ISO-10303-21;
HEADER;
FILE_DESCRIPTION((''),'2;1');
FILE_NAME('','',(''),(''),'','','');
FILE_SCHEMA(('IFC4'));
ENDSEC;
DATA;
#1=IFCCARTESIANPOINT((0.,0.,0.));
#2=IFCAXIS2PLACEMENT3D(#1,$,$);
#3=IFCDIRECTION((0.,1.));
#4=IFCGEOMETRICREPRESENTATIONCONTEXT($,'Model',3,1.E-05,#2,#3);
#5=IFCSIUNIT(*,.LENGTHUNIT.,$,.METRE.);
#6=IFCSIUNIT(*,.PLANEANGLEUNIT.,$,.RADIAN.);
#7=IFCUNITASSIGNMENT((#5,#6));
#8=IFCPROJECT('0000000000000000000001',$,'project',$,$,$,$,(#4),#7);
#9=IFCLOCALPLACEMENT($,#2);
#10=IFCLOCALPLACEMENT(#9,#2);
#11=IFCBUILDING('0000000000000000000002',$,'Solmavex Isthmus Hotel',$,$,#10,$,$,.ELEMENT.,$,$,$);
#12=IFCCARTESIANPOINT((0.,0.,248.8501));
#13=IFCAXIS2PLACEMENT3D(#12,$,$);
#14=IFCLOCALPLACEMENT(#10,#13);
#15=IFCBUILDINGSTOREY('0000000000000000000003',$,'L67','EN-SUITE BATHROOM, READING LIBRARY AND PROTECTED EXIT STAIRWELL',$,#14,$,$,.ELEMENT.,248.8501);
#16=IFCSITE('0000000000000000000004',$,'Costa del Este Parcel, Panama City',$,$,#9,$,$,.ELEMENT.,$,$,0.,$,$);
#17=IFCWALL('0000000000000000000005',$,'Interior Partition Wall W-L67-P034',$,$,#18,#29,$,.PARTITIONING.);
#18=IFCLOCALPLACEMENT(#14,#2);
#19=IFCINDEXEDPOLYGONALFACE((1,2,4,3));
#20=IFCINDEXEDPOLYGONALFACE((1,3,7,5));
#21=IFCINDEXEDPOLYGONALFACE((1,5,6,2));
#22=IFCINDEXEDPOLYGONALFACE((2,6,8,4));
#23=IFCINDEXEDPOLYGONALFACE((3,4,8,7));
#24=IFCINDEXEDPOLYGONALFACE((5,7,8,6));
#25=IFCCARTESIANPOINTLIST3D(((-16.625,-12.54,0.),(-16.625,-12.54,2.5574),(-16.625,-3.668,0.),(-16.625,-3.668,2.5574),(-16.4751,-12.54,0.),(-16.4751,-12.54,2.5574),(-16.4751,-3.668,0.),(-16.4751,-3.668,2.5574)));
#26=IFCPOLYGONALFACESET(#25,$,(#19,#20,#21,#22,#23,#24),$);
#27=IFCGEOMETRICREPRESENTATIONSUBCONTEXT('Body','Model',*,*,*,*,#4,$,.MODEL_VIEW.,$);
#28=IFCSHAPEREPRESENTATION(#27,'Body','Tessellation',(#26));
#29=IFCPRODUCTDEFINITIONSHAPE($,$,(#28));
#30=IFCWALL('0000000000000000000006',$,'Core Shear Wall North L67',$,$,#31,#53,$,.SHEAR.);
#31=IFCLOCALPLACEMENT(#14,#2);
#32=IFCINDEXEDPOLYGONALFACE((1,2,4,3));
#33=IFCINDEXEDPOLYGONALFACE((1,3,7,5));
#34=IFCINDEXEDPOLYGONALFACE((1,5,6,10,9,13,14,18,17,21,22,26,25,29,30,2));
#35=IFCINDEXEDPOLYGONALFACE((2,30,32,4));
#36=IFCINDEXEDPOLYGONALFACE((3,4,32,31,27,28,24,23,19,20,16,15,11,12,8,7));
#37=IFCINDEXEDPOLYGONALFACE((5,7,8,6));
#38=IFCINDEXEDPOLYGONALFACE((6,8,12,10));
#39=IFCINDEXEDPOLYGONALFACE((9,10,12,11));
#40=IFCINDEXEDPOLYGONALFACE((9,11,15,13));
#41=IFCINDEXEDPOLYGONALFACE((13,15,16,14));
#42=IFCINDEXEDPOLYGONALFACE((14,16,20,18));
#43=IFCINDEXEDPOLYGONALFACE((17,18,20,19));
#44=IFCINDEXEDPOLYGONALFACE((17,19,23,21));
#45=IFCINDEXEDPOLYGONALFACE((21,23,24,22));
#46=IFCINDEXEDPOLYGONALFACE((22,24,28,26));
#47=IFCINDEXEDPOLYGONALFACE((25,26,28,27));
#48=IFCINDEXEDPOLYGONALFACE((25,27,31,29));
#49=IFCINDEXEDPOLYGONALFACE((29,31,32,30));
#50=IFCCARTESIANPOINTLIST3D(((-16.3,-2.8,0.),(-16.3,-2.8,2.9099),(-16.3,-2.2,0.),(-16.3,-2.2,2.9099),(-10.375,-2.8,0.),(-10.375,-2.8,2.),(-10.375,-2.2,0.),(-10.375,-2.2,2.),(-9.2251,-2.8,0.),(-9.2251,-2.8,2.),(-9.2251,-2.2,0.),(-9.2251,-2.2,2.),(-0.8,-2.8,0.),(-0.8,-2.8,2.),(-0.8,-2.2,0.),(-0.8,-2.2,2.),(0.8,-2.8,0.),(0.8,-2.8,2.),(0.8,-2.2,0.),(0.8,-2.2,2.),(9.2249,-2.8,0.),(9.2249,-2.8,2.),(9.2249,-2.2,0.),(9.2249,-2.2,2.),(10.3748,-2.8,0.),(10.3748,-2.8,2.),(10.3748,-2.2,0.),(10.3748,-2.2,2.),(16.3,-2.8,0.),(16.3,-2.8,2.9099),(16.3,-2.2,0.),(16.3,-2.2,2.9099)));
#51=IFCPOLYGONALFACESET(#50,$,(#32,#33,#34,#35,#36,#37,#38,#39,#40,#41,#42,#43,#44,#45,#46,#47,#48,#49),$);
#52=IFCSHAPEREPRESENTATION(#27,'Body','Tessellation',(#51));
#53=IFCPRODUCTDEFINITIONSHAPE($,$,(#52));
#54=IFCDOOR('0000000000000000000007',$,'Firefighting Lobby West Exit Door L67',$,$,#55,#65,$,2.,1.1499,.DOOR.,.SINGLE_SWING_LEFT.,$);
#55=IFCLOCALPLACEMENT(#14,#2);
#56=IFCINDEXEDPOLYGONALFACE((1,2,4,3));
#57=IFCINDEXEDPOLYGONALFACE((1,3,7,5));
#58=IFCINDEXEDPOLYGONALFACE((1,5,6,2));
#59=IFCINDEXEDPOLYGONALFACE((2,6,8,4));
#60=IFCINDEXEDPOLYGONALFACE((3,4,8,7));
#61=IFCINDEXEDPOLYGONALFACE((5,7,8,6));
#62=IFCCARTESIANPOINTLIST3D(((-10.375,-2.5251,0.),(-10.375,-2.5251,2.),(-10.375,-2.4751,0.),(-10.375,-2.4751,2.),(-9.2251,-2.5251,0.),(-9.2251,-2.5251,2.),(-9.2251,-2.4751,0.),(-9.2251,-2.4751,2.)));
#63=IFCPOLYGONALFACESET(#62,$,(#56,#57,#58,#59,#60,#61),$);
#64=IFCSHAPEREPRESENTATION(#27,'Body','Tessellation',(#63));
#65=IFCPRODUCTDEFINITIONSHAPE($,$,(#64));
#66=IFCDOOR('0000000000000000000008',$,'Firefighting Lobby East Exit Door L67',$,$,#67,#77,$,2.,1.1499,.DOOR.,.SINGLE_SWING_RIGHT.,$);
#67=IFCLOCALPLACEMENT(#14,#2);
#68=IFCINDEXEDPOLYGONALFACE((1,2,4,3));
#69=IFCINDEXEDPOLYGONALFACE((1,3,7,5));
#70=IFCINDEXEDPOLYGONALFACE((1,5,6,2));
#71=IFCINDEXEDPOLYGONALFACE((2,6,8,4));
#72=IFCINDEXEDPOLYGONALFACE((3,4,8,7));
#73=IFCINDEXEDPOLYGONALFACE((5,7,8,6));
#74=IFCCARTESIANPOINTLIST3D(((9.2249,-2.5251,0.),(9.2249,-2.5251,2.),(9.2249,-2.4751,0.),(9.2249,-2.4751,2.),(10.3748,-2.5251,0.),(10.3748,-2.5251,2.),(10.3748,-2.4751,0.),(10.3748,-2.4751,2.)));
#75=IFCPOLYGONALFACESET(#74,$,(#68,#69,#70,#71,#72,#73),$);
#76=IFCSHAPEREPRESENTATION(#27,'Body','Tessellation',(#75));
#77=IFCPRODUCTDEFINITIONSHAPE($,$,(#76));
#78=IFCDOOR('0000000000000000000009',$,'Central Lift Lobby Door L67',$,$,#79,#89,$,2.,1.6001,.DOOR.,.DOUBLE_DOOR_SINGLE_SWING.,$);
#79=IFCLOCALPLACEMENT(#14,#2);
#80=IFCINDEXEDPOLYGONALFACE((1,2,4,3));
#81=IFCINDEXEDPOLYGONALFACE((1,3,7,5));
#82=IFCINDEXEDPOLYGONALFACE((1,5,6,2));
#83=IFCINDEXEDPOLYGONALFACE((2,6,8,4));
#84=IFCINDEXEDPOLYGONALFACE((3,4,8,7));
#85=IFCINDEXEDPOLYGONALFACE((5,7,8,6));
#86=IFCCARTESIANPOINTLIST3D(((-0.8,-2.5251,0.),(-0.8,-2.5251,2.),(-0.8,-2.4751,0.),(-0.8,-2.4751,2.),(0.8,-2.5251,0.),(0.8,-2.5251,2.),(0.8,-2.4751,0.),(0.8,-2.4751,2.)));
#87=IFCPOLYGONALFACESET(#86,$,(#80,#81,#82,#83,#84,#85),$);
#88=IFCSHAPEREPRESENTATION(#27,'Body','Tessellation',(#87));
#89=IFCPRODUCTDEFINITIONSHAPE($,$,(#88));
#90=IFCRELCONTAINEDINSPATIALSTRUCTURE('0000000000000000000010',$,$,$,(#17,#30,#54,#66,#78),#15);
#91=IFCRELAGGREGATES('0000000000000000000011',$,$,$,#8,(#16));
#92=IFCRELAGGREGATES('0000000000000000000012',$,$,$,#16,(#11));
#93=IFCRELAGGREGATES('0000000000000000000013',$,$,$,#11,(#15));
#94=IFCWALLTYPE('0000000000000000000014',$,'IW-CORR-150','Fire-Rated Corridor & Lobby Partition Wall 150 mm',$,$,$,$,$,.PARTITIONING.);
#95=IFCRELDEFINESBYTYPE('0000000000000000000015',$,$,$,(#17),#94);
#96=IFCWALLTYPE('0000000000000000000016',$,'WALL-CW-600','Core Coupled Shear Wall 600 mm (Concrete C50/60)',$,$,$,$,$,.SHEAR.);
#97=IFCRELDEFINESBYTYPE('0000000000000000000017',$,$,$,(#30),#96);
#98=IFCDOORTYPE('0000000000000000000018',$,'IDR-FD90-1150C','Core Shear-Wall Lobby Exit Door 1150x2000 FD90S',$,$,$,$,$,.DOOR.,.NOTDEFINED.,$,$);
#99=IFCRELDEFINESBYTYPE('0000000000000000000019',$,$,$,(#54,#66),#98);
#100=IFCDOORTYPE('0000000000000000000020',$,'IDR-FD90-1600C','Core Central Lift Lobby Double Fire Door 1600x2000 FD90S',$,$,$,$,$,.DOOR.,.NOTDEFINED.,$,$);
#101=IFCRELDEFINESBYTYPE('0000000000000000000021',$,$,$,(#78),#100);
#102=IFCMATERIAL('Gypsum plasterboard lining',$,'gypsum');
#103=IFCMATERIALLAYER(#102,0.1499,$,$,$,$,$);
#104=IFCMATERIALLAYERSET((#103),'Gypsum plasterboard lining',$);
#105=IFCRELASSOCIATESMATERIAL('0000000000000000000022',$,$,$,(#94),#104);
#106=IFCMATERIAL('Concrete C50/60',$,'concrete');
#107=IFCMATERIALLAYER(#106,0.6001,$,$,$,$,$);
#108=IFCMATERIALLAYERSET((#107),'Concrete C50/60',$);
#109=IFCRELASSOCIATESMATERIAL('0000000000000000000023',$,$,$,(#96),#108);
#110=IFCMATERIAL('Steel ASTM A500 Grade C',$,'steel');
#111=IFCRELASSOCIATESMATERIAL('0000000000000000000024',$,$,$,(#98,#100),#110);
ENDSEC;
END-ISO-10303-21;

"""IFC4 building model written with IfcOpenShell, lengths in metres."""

from ifc_helpers import new_model, si_unit, direction, frame, frame_2d, origin, place, context, subcontext, project, spatial, rectangle, extrude, material, layer, layer_set, type_object, element, fill, save


model = new_model("IFC4")

# Units and contexts
model_context = context("Model", 3, precision=1e-05, world=origin(), true_north=direction((0.0, 1.0)))
body_context = subcontext(model_context, "Body", "Model", "MODEL_VIEW")
ifc_project = project(units=[si_unit("LENGTHUNIT", "METRE"), si_unit("PLANEANGLEUNIT", "RADIAN")], contexts=[model_context])

# Site, building, storey
site_placement = place(None, origin())
site = spatial("IfcSite", under=ifc_project, at=site_placement, Name="Costa del Este Parcel, Panama City", CompositionType="ELEMENT", RefElevation=0.0)
building_placement = place(site_placement, origin())
building = spatial("IfcBuilding", under=site, at=building_placement, Name="Solmavex Isthmus Hotel", CompositionType="ELEMENT")
storey_placement = place(building_placement, frame((0.0, 0.0, 248.8501)))
storey = spatial("IfcBuildingStorey", under=building, at=storey_placement, Name="L67", Description="EN-SUITE BATHROOM, READING LIBRARY AND PROTECTED EXIT STAIRWELL", CompositionType="ELEMENT", Elevation=248.8501)

# Shared definitions
ifc_material_1 = material(Name="Gypsum plasterboard lining", Category="gypsum")

# Shared definitions
ifc_layer_1 = layer(ifc_material_1, 0.1499)
ifc_layer_set_1 = layer_set([ifc_layer_1], Name="Gypsum plasterboard lining")
wall_type_1 = type_object("IfcWallType", Name="IW-CORR-150", Description="Fire-Rated Corridor & Lobby Partition Wall 150 mm", PredefinedType="PARTITIONING", material=ifc_layer_set_1)
ifc_material_2 = material(Name="Steel ASTM A500 Grade C", Category="steel")

# Wall
wall_1_placement = place(storey_placement, frame((-16.55, -3.668, 0.0), z_axis=(0.0, 0.0, 1.0), x_axis=(0.0, -1.0, 0.0)))
element("IfcWall", 1, at=wall_1_placement, inside=storey, type_object=wall_type_1, Name="Interior Partition Wall W-L67-P034", PredefinedType="PARTITIONING", context=body_context, shape_type="SweptSolid", body=[
    extrude(rectangle(XDim=8.8721, YDim=0.1499, at=frame_2d((4.436, 0.0))), origin(), (0.0, 0.0, 1.0), 2.5574),
])

# Wall, openings, doors
ifc_material_3 = material(Name="Concrete C50/60", Category="concrete")
ifc_layer_2 = layer(ifc_material_3, 0.6001)
ifc_layer_set_2 = layer_set([ifc_layer_2], Name="Concrete C50/60")
wall_type_2 = type_object("IfcWallType", Name="WALL-CW-600", Description="Core Coupled Shear Wall 600 mm (Concrete C50/60)", PredefinedType="SHEAR", material=ifc_layer_set_2)
wall_2_placement = place(storey_placement, frame((-16.3, -2.5, 0.0), z_axis=(0.0, 0.0, 1.0), x_axis=(1.0, 0.0, 0.0)))
wall_2 = element("IfcWall", 2, at=wall_2_placement, inside=storey, type_object=wall_type_2, Name="Core Shear Wall North L67", PredefinedType="SHEAR", context=body_context, shape_type="SweptSolid", body=[
    extrude(rectangle(XDim=32.6001, YDim=0.6001, at=frame_2d((16.3, 0.0))), origin(), (0.0, 0.0, 1.0), 2.9099),
])
opening_1_placement = place(wall_2_placement, frame((5.925, 0.0, 0.0)))
opening_1 = element("IfcOpeningElement", 3, at=opening_1_placement, cuts=wall_2, PredefinedType="OPENING", context=body_context, shape_type="SweptSolid", body=[
    extrude(rectangle(XDim=1.1499, YDim=2.0, at=frame_2d((0.575, 1.0))), frame((0.0, 0.3101, 0.0), z_axis=(0.0, -1.0, 0.0), x_axis=(1.0, 0.0, 0.0)), (0.0, 0.0, 1.0), 0.6201),
])
opening_2_placement = place(wall_2_placement, frame((15.5, 0.0, 0.0)))
opening_2 = element("IfcOpeningElement", 4, at=opening_2_placement, cuts=wall_2, PredefinedType="OPENING", context=body_context, shape_type="SweptSolid", body=[
    extrude(rectangle(XDim=1.6001, YDim=2.0, at=frame_2d((0.8, 1.0))), frame((0.0, 0.3101, 0.0), z_axis=(0.0, -1.0, 0.0), x_axis=(1.0, 0.0, 0.0)), (0.0, 0.0, 1.0), 0.6201),
])
opening_3_placement = place(wall_2_placement, frame((25.5249, 0.0, 0.0)))
opening_3 = element("IfcOpeningElement", 5, at=opening_3_placement, cuts=wall_2, PredefinedType="OPENING", context=body_context, shape_type="SweptSolid", body=[
    extrude(rectangle(XDim=1.1499, YDim=2.0, at=frame_2d((0.575, 1.0))), frame((0.0, 0.3101, 0.0), z_axis=(0.0, -1.0, 0.0), x_axis=(1.0, 0.0, 0.0)), (0.0, 0.0, 1.0), 0.6201),
])
door_type_1 = type_object("IfcDoorType", Name="IDR-FD90-1150C", Description="Core Shear-Wall Lobby Exit Door 1150x2000 FD90S", OperationType="NOTDEFINED", PredefinedType="DOOR", material=ifc_material_2)
door_1_placement = place(opening_1_placement, origin())
door_1 = element("IfcDoor", 6, at=door_1_placement, inside=storey, type_object=door_type_1, Name="Firefighting Lobby West Exit Door L67", OperationType="SINGLE_SWING_LEFT", OverallHeight=2.0, OverallWidth=1.1499, PredefinedType="DOOR", context=body_context, shape_type="SweptSolid", body=[
    extrude(rectangle(XDim=1.1499, YDim=2.0, at=frame_2d((0.575, 1.0))), frame((0.0, 0.0249, 0.0), z_axis=(0.0, -1.0, 0.0), x_axis=(1.0, 0.0, 0.0)), (0.0, 0.0, 1.0), 0.05),
])
fill(opening_1, door_1)
door_2_placement = place(opening_3_placement, origin())
door_2 = element("IfcDoor", 7, at=door_2_placement, inside=storey, type_object=door_type_1, Name="Firefighting Lobby East Exit Door L67", OperationType="SINGLE_SWING_RIGHT", OverallHeight=2.0, OverallWidth=1.1499, PredefinedType="DOOR", context=body_context, shape_type="SweptSolid", body=[
    extrude(rectangle(XDim=1.1499, YDim=2.0, at=frame_2d((0.575, 1.0))), frame((0.0, 0.0249, 0.0), z_axis=(0.0, -1.0, 0.0), x_axis=(1.0, 0.0, 0.0)), (0.0, 0.0, 1.0), 0.05),
])
fill(opening_3, door_2)
door_type_2 = type_object("IfcDoorType", Name="IDR-FD90-1600C", Description="Core Central Lift Lobby Double Fire Door 1600x2000 FD90S", OperationType="NOTDEFINED", PredefinedType="DOOR", material=ifc_material_2)
door_3_placement = place(opening_2_placement, origin())
door_3 = element("IfcDoor", 8, at=door_3_placement, inside=storey, type_object=door_type_2, Name="Central Lift Lobby Door L67", OperationType="DOUBLE_DOOR_SINGLE_SWING", OverallHeight=2.0, OverallWidth=1.6001, PredefinedType="DOOR", context=body_context, shape_type="SweptSolid", body=[
    extrude(rectangle(XDim=1.6001, YDim=2.0, at=frame_2d((0.8, 1.0))), frame((0.0, 0.0249, 0.0), z_axis=(0.0, -1.0, 0.0), x_axis=(1.0, 0.0, 0.0)), (0.0, 0.0, 1.0), 0.05),
])
fill(opening_2, door_3)

save(model, "model.ifc")
